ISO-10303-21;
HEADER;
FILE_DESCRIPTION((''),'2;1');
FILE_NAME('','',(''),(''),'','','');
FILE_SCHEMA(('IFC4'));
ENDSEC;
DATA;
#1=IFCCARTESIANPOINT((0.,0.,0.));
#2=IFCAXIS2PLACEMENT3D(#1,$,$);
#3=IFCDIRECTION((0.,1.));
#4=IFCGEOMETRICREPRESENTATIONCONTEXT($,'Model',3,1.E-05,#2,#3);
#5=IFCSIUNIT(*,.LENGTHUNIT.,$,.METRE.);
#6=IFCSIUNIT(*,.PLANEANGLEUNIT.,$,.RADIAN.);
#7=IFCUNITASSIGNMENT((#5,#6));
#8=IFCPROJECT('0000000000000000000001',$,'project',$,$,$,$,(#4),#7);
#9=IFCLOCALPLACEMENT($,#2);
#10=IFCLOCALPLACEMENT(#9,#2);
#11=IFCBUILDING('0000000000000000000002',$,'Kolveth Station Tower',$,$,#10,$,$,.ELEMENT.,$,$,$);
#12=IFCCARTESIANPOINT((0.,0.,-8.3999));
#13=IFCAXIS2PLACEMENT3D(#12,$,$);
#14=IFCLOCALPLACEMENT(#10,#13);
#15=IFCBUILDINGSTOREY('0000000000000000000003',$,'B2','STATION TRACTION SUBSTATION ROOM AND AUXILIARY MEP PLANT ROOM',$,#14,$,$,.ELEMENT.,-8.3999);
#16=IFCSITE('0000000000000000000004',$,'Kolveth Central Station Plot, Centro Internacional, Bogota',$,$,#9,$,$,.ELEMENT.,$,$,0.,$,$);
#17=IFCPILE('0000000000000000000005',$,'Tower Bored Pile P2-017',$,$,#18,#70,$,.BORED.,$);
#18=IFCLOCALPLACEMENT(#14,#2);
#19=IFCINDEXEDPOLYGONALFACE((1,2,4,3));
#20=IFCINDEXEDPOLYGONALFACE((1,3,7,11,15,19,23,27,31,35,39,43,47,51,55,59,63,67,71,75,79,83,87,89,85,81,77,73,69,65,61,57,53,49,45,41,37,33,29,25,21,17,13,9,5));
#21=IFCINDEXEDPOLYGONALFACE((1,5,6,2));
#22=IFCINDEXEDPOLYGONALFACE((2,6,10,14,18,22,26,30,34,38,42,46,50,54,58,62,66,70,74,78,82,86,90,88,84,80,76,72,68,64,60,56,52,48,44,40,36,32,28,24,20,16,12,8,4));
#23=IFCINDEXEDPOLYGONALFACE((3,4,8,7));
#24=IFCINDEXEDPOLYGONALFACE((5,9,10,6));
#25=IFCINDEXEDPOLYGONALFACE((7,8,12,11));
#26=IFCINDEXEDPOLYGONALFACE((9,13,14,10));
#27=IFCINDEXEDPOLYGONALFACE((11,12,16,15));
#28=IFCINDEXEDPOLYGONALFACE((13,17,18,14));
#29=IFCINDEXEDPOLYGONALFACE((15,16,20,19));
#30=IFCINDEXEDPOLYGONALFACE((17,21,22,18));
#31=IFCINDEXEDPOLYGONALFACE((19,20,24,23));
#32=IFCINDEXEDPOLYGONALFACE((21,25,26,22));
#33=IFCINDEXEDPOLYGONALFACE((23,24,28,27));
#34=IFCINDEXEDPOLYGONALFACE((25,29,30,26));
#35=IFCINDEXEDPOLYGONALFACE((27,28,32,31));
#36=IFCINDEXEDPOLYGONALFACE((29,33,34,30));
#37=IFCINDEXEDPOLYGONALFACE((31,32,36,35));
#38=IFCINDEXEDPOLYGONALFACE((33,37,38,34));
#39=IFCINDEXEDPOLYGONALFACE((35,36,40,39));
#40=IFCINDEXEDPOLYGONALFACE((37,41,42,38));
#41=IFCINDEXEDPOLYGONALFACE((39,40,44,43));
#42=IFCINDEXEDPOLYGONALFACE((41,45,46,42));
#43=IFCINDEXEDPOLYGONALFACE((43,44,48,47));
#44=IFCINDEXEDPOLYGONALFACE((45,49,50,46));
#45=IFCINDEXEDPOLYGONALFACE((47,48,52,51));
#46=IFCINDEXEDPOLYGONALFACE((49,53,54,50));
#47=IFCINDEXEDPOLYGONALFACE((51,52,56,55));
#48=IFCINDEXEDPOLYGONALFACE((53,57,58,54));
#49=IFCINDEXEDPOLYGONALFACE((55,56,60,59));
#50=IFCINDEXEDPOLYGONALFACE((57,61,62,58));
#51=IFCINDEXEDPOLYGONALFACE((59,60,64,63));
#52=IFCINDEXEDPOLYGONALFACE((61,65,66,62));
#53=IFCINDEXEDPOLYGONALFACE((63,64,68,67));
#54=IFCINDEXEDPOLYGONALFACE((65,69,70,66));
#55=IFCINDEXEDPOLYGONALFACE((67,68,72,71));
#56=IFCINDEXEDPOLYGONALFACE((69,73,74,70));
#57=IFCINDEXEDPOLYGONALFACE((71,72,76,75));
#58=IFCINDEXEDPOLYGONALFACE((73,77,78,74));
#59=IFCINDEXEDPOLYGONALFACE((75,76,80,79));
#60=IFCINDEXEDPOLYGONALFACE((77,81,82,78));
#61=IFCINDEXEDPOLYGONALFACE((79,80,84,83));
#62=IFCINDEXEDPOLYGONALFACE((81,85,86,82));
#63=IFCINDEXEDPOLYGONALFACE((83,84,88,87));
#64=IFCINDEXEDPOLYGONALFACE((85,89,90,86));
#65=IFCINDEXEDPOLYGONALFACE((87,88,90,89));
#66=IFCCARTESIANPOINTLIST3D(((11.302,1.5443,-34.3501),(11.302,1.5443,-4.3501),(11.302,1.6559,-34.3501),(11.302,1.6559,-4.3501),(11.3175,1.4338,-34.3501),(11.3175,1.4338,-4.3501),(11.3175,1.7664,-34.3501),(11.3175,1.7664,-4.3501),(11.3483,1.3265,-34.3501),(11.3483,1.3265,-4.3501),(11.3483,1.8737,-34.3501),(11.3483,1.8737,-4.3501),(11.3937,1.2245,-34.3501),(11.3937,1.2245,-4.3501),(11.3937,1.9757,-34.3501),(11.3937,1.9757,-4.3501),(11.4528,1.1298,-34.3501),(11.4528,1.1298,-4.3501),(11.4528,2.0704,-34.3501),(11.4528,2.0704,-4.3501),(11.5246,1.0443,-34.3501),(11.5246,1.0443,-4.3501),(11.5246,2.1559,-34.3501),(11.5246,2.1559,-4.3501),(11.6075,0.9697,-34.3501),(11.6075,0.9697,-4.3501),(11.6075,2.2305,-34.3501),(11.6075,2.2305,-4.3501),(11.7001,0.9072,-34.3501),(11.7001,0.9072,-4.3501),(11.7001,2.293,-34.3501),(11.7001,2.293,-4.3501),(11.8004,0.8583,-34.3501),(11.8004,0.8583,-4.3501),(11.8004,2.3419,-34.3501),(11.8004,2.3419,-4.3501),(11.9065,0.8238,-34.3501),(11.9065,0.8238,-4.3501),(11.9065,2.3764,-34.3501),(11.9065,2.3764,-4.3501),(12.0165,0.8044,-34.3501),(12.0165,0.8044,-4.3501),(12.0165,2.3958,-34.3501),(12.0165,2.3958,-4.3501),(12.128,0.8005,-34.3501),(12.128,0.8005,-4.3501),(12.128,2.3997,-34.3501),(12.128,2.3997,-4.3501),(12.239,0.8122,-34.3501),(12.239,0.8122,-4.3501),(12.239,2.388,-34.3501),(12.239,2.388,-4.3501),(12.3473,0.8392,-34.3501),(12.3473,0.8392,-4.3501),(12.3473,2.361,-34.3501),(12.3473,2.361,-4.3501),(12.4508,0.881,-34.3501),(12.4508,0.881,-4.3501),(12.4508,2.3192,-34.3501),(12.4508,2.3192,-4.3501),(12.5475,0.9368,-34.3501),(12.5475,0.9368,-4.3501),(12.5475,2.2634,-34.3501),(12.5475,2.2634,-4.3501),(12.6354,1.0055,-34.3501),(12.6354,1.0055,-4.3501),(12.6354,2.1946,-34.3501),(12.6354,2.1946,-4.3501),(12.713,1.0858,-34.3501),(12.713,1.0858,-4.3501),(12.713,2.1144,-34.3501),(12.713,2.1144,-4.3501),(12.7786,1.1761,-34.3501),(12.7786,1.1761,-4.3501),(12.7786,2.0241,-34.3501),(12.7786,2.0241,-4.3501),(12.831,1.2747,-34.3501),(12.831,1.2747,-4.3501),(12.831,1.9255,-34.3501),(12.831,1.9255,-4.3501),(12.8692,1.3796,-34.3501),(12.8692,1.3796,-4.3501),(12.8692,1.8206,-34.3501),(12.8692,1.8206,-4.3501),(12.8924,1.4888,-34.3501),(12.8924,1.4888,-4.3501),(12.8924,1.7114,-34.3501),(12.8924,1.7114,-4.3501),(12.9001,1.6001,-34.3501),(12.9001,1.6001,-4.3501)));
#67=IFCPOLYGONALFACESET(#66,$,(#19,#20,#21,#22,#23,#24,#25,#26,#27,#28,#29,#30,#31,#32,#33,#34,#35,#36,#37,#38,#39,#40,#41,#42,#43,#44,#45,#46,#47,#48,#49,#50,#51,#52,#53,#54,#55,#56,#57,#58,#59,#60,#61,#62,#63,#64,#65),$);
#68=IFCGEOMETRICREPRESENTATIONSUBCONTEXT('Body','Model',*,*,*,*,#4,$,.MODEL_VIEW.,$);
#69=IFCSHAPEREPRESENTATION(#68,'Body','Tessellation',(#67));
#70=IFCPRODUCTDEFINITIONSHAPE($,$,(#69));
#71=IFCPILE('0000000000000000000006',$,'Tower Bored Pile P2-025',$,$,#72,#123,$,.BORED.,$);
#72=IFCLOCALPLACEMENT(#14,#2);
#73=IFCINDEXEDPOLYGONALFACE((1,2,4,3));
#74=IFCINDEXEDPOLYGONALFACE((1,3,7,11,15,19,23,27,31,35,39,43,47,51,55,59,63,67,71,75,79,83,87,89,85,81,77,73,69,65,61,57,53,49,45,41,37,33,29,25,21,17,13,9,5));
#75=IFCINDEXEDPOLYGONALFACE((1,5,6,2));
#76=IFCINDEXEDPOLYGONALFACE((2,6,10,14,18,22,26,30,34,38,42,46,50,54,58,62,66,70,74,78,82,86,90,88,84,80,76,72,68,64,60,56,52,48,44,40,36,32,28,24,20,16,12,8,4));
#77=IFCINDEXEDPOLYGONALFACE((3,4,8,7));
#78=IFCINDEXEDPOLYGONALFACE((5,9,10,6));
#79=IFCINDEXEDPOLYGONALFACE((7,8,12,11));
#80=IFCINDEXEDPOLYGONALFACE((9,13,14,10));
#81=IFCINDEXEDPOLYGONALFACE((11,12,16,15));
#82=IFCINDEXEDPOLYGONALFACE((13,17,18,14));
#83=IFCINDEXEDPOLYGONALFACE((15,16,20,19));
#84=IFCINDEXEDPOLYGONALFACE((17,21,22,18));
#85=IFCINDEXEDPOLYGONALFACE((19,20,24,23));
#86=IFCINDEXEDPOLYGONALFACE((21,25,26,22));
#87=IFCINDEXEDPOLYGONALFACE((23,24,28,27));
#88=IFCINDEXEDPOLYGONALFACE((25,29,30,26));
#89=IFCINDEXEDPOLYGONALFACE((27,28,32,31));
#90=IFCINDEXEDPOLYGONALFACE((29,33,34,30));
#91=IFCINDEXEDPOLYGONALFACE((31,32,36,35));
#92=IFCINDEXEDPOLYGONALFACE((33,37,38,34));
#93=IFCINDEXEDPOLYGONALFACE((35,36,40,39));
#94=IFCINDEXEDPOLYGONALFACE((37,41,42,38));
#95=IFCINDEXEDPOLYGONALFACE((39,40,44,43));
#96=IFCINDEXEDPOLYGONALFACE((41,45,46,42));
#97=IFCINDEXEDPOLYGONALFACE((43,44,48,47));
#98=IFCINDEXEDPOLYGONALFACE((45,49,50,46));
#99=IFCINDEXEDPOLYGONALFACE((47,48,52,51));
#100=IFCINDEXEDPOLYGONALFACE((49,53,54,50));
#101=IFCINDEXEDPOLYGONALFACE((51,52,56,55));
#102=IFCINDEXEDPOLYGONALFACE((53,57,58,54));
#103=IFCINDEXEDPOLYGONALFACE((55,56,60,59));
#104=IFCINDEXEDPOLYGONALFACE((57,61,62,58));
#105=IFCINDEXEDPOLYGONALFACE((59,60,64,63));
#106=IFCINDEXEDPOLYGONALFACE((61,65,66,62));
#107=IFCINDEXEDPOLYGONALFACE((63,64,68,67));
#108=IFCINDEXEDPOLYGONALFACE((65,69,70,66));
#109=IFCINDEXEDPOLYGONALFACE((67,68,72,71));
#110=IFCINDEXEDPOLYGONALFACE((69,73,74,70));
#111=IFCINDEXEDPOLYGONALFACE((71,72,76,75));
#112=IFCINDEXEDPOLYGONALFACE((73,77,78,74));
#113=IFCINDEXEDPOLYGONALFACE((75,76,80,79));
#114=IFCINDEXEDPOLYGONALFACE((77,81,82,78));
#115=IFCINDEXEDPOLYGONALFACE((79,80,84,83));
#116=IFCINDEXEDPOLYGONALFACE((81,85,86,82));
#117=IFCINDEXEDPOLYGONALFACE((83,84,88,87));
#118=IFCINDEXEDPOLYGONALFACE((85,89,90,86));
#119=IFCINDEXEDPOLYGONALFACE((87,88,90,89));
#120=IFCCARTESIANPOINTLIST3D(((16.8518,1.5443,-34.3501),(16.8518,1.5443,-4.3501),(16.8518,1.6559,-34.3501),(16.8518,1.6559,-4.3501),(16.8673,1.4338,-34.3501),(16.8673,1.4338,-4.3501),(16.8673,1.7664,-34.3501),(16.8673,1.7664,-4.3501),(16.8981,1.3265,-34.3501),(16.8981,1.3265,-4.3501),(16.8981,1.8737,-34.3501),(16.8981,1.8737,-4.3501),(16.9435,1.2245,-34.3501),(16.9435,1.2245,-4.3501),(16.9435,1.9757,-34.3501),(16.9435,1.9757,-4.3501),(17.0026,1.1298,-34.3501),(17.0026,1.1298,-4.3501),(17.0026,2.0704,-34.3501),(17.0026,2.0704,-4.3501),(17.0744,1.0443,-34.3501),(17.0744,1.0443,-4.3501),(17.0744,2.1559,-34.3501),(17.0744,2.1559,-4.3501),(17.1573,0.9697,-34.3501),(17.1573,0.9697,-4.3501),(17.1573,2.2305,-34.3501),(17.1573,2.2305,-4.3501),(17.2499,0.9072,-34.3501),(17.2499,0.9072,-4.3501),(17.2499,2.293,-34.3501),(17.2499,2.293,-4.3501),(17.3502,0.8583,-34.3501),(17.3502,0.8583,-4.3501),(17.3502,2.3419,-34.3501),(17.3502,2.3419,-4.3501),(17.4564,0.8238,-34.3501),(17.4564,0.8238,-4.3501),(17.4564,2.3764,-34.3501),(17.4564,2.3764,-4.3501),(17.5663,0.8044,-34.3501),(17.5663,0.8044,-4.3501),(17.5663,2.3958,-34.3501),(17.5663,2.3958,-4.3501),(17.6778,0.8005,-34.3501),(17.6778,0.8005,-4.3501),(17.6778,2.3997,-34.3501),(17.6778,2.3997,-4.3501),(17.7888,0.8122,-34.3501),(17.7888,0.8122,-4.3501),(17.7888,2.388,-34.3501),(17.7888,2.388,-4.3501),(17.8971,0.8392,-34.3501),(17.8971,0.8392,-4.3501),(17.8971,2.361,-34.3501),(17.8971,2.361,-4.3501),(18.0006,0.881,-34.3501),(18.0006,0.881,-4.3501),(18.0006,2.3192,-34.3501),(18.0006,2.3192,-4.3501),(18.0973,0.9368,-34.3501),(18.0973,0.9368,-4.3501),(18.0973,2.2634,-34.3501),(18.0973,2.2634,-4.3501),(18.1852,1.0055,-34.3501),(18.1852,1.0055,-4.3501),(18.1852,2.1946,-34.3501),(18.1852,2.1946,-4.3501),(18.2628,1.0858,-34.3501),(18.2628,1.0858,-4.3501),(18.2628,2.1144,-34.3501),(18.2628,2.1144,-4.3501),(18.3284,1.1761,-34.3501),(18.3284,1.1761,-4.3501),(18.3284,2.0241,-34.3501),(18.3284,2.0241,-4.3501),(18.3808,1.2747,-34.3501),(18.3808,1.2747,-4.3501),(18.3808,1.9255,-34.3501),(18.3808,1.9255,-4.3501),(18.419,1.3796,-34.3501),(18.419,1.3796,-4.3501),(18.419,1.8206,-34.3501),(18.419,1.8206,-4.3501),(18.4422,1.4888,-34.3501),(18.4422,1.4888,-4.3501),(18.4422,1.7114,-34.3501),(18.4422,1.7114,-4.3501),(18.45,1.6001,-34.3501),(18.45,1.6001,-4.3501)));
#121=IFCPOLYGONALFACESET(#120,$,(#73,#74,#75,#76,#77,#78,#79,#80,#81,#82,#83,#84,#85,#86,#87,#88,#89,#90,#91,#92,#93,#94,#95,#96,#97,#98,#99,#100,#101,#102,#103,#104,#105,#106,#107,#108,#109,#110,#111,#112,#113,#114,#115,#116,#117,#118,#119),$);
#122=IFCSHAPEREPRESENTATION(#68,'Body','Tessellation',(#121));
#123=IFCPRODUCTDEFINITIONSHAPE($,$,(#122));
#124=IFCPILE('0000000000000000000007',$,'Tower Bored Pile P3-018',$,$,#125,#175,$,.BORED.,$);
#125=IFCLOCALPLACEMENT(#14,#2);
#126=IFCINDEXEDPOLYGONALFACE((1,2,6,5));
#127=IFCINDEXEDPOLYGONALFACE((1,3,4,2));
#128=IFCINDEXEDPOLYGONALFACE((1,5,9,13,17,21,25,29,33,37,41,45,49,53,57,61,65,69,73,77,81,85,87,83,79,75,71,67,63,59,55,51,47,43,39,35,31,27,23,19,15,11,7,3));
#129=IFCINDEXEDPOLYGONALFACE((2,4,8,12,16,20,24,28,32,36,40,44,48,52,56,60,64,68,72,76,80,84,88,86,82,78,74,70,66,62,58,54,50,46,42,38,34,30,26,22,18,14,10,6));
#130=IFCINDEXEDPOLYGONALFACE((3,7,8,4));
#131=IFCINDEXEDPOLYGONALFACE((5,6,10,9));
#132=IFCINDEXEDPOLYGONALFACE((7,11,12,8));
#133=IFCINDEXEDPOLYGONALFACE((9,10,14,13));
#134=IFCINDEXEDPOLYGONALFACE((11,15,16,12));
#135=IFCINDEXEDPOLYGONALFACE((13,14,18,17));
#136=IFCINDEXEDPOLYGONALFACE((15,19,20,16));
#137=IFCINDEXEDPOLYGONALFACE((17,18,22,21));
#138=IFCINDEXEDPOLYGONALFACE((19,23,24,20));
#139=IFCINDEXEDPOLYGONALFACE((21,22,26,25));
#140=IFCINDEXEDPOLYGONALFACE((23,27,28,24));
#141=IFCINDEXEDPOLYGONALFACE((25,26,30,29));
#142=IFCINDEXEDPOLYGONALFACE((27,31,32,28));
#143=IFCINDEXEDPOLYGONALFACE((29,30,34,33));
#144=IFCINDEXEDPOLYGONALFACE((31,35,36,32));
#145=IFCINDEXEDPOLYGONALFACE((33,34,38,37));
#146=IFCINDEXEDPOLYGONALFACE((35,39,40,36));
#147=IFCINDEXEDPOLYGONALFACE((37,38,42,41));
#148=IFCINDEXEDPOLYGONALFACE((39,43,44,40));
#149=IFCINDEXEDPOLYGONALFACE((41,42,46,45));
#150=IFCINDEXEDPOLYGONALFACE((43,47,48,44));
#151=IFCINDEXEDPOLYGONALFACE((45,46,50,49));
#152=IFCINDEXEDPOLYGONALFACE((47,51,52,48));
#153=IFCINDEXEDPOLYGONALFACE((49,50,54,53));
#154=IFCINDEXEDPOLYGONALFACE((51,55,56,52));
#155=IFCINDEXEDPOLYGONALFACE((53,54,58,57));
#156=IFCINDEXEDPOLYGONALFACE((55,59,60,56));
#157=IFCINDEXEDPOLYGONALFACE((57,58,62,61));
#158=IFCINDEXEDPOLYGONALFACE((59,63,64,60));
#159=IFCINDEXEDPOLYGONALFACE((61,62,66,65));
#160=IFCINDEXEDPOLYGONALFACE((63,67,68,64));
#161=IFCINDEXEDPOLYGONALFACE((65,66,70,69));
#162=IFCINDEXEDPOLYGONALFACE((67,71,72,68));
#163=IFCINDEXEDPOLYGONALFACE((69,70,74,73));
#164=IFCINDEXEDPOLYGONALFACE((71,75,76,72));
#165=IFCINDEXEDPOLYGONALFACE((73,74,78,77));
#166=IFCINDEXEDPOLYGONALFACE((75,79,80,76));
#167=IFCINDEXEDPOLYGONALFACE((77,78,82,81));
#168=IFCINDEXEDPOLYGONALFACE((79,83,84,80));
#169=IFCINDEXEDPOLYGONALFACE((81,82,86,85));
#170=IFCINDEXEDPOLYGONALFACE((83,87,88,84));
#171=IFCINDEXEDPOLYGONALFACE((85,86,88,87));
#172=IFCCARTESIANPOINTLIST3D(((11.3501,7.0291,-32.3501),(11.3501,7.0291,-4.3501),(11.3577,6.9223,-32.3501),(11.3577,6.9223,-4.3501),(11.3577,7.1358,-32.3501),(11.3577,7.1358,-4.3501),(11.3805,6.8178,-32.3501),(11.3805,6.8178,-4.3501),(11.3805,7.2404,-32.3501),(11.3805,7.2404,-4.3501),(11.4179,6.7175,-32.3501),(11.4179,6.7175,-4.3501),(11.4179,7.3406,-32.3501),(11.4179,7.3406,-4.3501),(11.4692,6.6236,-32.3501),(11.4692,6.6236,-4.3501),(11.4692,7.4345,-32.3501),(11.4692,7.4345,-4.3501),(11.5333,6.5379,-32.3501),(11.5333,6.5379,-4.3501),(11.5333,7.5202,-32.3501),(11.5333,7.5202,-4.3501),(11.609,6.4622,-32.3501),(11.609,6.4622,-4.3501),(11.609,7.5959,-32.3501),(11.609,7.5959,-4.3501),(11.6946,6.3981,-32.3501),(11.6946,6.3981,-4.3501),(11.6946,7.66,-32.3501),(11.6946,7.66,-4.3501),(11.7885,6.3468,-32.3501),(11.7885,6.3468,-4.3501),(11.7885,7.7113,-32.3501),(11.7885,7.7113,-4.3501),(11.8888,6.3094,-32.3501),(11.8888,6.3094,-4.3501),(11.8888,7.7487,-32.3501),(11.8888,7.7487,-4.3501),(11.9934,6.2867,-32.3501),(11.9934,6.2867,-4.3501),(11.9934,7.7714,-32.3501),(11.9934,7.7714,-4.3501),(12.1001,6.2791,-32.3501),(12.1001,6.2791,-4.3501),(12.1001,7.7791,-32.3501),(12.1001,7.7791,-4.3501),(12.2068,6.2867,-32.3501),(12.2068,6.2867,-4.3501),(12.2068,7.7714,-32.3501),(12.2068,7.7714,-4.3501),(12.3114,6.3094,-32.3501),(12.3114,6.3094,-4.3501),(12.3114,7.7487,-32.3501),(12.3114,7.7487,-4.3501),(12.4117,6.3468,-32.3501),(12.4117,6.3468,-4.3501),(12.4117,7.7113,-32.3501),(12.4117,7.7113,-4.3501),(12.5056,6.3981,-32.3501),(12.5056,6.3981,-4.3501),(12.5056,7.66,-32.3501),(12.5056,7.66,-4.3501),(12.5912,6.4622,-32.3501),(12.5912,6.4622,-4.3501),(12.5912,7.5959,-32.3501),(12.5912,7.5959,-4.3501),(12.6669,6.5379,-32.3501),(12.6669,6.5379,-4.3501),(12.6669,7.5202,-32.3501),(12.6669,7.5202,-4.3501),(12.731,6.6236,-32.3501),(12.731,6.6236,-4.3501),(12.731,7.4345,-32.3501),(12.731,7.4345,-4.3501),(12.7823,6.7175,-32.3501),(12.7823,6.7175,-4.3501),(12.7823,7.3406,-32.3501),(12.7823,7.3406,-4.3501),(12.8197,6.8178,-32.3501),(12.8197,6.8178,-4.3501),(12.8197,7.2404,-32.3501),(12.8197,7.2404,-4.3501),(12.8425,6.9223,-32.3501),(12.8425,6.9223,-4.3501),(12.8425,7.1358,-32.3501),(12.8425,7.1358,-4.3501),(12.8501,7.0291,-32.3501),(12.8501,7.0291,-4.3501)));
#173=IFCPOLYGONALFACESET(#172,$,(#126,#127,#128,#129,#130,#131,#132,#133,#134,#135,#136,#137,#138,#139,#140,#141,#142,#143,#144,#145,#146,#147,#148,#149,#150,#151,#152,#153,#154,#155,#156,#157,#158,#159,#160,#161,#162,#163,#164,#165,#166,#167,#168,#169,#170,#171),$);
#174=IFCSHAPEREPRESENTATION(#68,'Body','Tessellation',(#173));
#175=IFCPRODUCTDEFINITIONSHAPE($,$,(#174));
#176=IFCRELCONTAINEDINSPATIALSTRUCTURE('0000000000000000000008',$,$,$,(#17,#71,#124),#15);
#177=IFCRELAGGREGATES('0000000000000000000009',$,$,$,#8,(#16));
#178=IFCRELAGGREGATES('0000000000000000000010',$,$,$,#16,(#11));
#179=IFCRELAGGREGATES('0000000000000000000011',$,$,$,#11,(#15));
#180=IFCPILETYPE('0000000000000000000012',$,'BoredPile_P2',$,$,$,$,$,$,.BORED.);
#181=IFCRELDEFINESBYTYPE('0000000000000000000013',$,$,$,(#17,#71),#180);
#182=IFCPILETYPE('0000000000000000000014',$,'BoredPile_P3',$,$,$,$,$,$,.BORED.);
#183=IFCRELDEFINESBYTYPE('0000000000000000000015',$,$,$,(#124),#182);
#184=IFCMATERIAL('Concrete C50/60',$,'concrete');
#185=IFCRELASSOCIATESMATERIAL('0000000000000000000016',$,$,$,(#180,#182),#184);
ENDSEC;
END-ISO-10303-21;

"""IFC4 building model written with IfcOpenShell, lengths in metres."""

from ifc_helpers import new_model, si_unit, direction, frame, origin, origin_2d, place, context, subcontext, project, spatial, circle, extrude, source, transform, mapped, material, material_profile, profile_set, type_object, element, save


model = new_model("IFC4")

# Units and contexts
model_context = context("Model", 3, precision=1e-05, world=origin(), true_north=direction((0.0, 1.0)))
body_context = subcontext(model_context, "Body", "Model", "MODEL_VIEW")
ifc_project = project(units=[si_unit("LENGTHUNIT", "METRE"), si_unit("PLANEANGLEUNIT", "RADIAN")], contexts=[model_context])

# Site, building, storey
site_placement = place(None, origin())
site = spatial("IfcSite", under=ifc_project, at=site_placement, Name="Kolveth Central Station Plot, Centro Internacional, Bogota", CompositionType="ELEMENT", RefElevation=0.0)
building_placement = place(site_placement, origin())
building = spatial("IfcBuilding", under=site, at=building_placement, Name="Kolveth Station Tower", CompositionType="ELEMENT")
storey_placement = place(building_placement, frame((0.0, 0.0, -8.3999)))
storey = spatial("IfcBuildingStorey", under=building, at=storey_placement, Name="B2", Description="STATION TRACTION SUBSTATION ROOM AND AUXILIARY MEP PLANT ROOM", CompositionType="ELEMENT", Elevation=-8.3999)

# Piles
ifc_material_1 = material(Name="Concrete C50/60", Category="concrete")
ifc_material_profile_1 = material_profile(ifc_material_1, circle(Radius=0.8, at=origin_2d()), Name="PILE-D1600")
ifc_profile_set_1 = profile_set([ifc_material_profile_1], Name="Concrete C50/60")
pile_type_1 = type_object("IfcPileType", Name="BoredPile_P2", PredefinedType="BORED", material=ifc_profile_set_1)
shared_shape_1 = source(origin(), body_context, "Body", "SweptSolid", [
    extrude(circle(Radius=0.8, at=origin_2d()), origin(), (0.0, 0.0, 1.0), 30.0),
])
for number, where, z_axis, x_axis, name in (
    (1, (12.1001, 1.6001, -4.3501), (0.0, 0.0, -1.0), (1.0, 0.0, 0.0), "Tower Bored Pile P2-017"),
    (2, (17.6499, 1.6001, -4.3501), (0.0, 0.0, -1.0), (1.0, 0.0, 0.0), "Tower Bored Pile P2-025"),
):
    element("IfcPile", number, at=place(storey_placement, frame(where, z_axis=z_axis, x_axis=x_axis)), inside=storey, type_object=pile_type_1, Name=name, PredefinedType="BORED", context=body_context, shape_type="MappedRepresentation", body=[
        mapped(shared_shape_1, transform((0.0, 0.0, 0.0), x_axis=(1.0, 0.0, 0.0), y_axis=(0.0, 1.0, 0.0), z_axis=(0.0, 0.0, 1.0), scale=1.0)),
    ])
ifc_material_profile_2 = material_profile(ifc_material_1, circle(Radius=0.75, at=origin_2d()), Name="PILE-D1500")
ifc_profile_set_2 = profile_set([ifc_material_profile_2], Name="Concrete C50/60")
pile_type_2 = type_object("IfcPileType", Name="BoredPile_P3", PredefinedType="BORED", material=ifc_profile_set_2)
shared_shape_2 = source(origin(), body_context, "Body", "SweptSolid", [
    extrude(circle(Radius=0.75, at=origin_2d()), origin(), (0.0, 0.0, 1.0), 28.0),
])
for number, where, z_axis, x_axis, name in (
    (3, (12.1001, 7.0291, -4.3501), (0.0, 0.0, -1.0), (1.0, 0.0, 0.0), "Tower Bored Pile P3-018"),
):
    element("IfcPile", number, at=place(storey_placement, frame(where, z_axis=z_axis, x_axis=x_axis)), inside=storey, type_object=pile_type_2, Name=name, PredefinedType="BORED", context=body_context, shape_type="MappedRepresentation", body=[
        mapped(shared_shape_2, transform((0.0, 0.0, 0.0), x_axis=(1.0, 0.0, 0.0), y_axis=(0.0, 1.0, 0.0), z_axis=(0.0, 0.0, 1.0), scale=1.0)),
    ])

save(model, "model.ifc")
